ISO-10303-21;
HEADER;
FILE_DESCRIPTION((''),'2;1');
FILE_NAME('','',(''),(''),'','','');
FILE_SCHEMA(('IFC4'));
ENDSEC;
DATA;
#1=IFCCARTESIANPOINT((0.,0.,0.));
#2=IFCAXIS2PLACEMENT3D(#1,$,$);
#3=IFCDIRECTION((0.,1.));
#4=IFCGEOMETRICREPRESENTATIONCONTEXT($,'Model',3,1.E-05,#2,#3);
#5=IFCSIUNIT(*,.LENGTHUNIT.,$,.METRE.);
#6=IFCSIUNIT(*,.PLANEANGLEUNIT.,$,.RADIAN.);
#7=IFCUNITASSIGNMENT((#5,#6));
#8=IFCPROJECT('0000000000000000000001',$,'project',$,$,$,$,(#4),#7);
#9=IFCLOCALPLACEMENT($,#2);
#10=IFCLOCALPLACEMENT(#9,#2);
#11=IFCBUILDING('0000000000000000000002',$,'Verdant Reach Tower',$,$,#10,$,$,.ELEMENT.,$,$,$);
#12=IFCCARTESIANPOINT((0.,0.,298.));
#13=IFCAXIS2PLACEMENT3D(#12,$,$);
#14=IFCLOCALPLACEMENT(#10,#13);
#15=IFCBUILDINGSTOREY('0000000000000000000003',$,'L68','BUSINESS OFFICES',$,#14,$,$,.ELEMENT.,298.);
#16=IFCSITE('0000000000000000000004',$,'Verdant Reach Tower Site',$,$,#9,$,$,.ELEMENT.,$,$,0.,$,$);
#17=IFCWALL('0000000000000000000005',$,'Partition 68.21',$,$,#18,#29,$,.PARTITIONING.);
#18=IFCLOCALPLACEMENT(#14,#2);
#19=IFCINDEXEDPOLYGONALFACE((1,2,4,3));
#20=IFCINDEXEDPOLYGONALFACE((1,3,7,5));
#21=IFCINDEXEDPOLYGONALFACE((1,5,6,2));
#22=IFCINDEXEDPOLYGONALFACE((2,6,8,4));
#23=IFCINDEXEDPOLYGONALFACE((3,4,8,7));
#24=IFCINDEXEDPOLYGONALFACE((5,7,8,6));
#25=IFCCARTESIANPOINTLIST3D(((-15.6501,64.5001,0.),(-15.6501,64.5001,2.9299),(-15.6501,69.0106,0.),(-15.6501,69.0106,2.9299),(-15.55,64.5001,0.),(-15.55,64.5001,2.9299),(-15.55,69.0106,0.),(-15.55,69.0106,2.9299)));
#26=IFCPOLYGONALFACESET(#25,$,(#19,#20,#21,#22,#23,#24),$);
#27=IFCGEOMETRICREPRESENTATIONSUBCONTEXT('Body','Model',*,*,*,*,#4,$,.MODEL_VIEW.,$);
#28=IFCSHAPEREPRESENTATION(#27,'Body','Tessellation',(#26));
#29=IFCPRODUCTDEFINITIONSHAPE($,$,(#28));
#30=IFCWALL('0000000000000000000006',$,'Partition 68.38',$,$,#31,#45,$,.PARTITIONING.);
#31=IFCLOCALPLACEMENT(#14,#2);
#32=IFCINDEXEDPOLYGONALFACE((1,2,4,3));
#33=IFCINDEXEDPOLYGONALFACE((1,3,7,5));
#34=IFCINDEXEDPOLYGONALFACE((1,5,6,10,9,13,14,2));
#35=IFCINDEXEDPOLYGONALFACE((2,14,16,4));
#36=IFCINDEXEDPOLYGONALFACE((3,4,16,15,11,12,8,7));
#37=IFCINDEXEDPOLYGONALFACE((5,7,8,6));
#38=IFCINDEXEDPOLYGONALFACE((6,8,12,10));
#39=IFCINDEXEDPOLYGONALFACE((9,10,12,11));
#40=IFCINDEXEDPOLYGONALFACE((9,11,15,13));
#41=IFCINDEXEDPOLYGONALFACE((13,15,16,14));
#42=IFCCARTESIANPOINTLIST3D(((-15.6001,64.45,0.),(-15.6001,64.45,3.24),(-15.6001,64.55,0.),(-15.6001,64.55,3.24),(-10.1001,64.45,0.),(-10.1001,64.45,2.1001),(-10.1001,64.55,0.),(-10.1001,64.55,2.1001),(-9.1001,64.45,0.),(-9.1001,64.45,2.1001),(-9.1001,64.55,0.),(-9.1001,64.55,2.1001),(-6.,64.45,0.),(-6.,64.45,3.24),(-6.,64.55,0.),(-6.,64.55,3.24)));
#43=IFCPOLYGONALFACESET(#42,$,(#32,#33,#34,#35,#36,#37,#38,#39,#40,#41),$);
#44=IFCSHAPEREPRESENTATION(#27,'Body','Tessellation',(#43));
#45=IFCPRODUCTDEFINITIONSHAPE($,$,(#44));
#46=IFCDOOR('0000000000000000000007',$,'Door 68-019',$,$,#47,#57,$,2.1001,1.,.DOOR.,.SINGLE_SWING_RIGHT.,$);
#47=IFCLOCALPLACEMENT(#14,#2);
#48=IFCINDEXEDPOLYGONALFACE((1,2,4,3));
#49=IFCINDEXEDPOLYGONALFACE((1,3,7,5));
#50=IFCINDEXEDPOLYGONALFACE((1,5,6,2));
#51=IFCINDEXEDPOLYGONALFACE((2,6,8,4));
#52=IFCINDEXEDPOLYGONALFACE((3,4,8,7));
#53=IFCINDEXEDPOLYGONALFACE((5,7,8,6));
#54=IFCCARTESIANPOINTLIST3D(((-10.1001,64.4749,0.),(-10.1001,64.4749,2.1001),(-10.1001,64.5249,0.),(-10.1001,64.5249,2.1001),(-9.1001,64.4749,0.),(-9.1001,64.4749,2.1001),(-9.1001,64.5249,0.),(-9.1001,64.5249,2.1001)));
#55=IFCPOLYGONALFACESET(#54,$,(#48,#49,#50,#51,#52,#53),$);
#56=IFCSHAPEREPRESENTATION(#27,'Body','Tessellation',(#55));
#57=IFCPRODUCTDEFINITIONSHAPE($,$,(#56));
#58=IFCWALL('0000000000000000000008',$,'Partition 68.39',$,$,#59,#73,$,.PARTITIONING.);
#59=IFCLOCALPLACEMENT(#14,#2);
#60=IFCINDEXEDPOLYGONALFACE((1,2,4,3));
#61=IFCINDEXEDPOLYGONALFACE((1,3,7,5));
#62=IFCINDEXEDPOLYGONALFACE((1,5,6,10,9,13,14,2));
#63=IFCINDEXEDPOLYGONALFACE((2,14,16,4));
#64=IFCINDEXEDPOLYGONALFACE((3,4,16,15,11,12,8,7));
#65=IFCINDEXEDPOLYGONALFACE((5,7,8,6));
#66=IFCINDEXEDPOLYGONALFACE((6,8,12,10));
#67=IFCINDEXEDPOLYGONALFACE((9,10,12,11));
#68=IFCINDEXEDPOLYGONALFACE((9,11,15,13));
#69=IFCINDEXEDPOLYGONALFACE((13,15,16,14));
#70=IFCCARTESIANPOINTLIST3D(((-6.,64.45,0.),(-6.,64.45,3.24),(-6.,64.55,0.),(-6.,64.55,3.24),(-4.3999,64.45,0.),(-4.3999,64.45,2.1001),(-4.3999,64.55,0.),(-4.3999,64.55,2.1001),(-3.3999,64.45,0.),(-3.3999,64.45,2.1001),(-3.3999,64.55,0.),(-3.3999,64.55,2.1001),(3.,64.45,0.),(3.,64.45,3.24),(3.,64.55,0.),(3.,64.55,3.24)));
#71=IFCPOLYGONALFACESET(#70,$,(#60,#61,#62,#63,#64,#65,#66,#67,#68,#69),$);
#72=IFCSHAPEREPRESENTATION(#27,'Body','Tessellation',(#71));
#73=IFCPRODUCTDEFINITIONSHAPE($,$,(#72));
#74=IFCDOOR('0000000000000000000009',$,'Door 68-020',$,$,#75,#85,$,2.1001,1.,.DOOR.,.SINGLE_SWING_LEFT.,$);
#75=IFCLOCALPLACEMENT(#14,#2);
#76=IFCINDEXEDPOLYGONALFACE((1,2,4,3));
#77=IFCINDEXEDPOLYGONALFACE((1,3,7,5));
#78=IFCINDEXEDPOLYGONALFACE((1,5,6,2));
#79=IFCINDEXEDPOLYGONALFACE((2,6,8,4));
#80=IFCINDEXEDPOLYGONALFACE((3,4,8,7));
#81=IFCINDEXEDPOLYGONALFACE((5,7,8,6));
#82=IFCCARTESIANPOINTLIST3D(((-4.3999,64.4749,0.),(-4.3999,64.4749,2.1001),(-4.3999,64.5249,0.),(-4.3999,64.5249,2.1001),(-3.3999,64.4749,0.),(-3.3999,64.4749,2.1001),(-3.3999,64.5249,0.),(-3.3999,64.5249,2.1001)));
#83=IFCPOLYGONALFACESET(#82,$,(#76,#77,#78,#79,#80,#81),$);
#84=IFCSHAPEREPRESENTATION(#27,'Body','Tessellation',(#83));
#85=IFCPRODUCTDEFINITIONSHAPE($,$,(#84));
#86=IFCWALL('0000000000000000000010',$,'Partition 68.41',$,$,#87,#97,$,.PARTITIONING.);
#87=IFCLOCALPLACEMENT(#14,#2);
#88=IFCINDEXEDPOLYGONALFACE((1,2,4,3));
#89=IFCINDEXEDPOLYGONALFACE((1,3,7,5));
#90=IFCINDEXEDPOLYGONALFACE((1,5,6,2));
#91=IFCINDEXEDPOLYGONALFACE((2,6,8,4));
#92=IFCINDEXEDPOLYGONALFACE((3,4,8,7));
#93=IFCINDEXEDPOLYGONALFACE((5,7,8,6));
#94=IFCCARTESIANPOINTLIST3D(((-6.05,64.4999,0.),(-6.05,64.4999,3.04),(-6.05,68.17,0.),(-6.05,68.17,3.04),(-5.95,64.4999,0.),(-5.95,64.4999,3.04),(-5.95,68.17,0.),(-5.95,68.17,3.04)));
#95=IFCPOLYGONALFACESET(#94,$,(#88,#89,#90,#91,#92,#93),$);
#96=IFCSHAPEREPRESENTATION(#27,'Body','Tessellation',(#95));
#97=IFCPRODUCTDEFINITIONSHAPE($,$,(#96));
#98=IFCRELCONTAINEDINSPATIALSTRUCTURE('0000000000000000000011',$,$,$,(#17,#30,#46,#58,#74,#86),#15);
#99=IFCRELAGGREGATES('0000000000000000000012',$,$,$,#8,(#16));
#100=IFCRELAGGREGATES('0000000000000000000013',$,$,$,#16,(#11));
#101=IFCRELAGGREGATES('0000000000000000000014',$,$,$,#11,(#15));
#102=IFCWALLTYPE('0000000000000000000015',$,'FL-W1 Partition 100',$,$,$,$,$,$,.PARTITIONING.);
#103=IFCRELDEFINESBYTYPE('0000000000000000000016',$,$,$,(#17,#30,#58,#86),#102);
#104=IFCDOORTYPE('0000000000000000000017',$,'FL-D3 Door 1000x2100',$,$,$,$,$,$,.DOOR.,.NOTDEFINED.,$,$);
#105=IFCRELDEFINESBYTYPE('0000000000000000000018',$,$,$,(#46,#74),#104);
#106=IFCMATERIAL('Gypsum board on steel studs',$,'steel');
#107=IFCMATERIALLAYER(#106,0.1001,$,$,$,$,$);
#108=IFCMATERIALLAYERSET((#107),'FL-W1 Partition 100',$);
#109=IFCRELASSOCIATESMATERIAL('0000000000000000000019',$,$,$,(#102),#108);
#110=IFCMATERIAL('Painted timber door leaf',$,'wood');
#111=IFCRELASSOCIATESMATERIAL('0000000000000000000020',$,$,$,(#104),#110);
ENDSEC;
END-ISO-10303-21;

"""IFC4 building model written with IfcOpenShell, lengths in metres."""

from ifc_helpers import new_model, si_unit, direction, frame, frame_2d, origin, place, context, subcontext, project, spatial, rectangle, extrude, material, layer, layer_set, type_object, element, fill, save


model = new_model("IFC4")

# Units and contexts
model_context = context("Model", 3, precision=1e-05, world=origin(), true_north=direction((0.0, 1.0)))
body_context = subcontext(model_context, "Body", "Model", "MODEL_VIEW")
ifc_project = project(units=[si_unit("LENGTHUNIT", "METRE"), si_unit("PLANEANGLEUNIT", "RADIAN")], contexts=[model_context])

# Site, building, storey
site_placement = place(None, origin())
site = spatial("IfcSite", under=ifc_project, at=site_placement, Name="Verdant Reach Tower Site", CompositionType="ELEMENT", RefElevation=0.0)
building_placement = place(site_placement, origin())
building = spatial("IfcBuilding", under=site, at=building_placement, Name="Verdant Reach Tower", CompositionType="ELEMENT")
storey_placement = place(building_placement, frame((0.0, 0.0, 298.0)))
storey = spatial("IfcBuildingStorey", under=building, at=storey_placement, Name="L68", Description="BUSINESS OFFICES", CompositionType="ELEMENT", Elevation=298.0)

# Wall
ifc_material_1 = material(Name="Gypsum board on steel studs", Category="steel")
ifc_layer_1 = layer(ifc_material_1, 0.1001)
ifc_layer_set_1 = layer_set([ifc_layer_1], Name="FL-W1 Partition 100")
wall_type = type_object("IfcWallType", Name="FL-W1 Partition 100", PredefinedType="PARTITIONING", material=ifc_layer_set_1)
wall_1_placement = place(storey_placement, frame((-15.6001, 64.5, 0.0), z_axis=(0.0, 0.0, 1.0), x_axis=(0.0, 1.0, 0.0)))
element("IfcWall", 1, at=wall_1_placement, inside=storey, type_object=wall_type, Name="Partition 68.21", PredefinedType="PARTITIONING", context=body_context, shape_type="SweptSolid", body=[
    extrude(rectangle(XDim=4.5105, YDim=0.1001, at=frame_2d((2.2554, 0.0))), origin(), (0.0, 0.0, 1.0), 2.9299),
])

# Walls, openings, doors
wall_2_placement = place(storey_placement, frame((-15.6001, 64.5, 0.0), z_axis=(0.0, 0.0, 1.0), x_axis=(1.0, 0.0, 0.0)))
wall_2 = element("IfcWall", 2, at=wall_2_placement, inside=storey, type_object=wall_type, Name="Partition 68.38", PredefinedType="PARTITIONING", context=body_context, shape_type="SweptSolid", body=[
    extrude(rectangle(XDim=9.6001, YDim=0.1001, at=frame_2d((4.8, 0.0))), origin(), (0.0, 0.0, 1.0), 3.24),
])
opening_1_placement = place(wall_2_placement, frame((5.5, 0.0, 0.0)))
opening_1 = element("IfcOpeningElement", 3, at=opening_1_placement, cuts=wall_2, PredefinedType="OPENING", context=body_context, shape_type="SweptSolid", body=[
    extrude(rectangle(XDim=1.0, YDim=2.1001, at=frame_2d((0.5, 1.05))), frame((0.0, 0.0601, 0.0), z_axis=(0.0, -1.0, 0.0), x_axis=(1.0, 0.0, 0.0)), (0.0, 0.0, 1.0), 0.1201),
])
ifc_material_2 = material(Name="Painted timber door leaf", Category="wood")
door_type = type_object("IfcDoorType", Name="FL-D3 Door 1000x2100", OperationType="NOTDEFINED", PredefinedType="DOOR", material=ifc_material_2)
door_1_placement = place(opening_1_placement, origin())
door_1 = element("IfcDoor", 4, at=door_1_placement, inside=storey, type_object=door_type, Name="Door 68-019", OperationType="SINGLE_SWING_RIGHT", OverallHeight=2.1001, OverallWidth=1.0, PredefinedType="DOOR", context=body_context, shape_type="SweptSolid", body=[
    extrude(rectangle(XDim=1.0, YDim=2.1001, at=frame_2d((0.5, 1.05))), frame((0.0, 0.0249, 0.0), z_axis=(0.0, -1.0, 0.0), x_axis=(1.0, 0.0, 0.0)), (0.0, 0.0, 1.0), 0.05),
])
fill(opening_1, door_1)
wall_3_placement = place(storey_placement, frame((-6.0, 64.5, 0.0), z_axis=(0.0, 0.0, 1.0), x_axis=(1.0, 0.0, 0.0)))
wall_3 = element("IfcWall", 5, at=wall_3_placement, inside=storey, type_object=wall_type, Name="Partition 68.39", PredefinedType="PARTITIONING", context=body_context, shape_type="SweptSolid", body=[
    extrude(rectangle(XDim=9.0, YDim=0.1001, at=frame_2d((4.5, 0.0))), origin(), (0.0, 0.0, 1.0), 3.24),
])
opening_2_placement = place(wall_3_placement, frame((1.6001, 0.0, 0.0)))
opening_2 = element("IfcOpeningElement", 6, at=opening_2_placement, cuts=wall_3, PredefinedType="OPENING", context=body_context, shape_type="SweptSolid", body=[
    extrude(rectangle(XDim=1.0, YDim=2.1001, at=frame_2d((0.5, 1.05))), frame((0.0, 0.0601, 0.0), z_axis=(0.0, -1.0, 0.0), x_axis=(1.0, 0.0, 0.0)), (0.0, 0.0, 1.0), 0.1201),
])
door_2_placement = place(opening_2_placement, origin())
door_2 = element("IfcDoor", 7, at=door_2_placement, inside=storey, type_object=door_type, Name="Door 68-020", OperationType="SINGLE_SWING_LEFT", OverallHeight=2.1001, OverallWidth=1.0, PredefinedType="DOOR", context=body_context, shape_type="SweptSolid", body=[
    extrude(rectangle(XDim=1.0, YDim=2.1001, at=frame_2d((0.5, 1.05))), frame((0.0, 0.0249, 0.0), z_axis=(0.0, -1.0, 0.0), x_axis=(1.0, 0.0, 0.0)), (0.0, 0.0, 1.0), 0.05),
])
fill(opening_2, door_2)

# Wall
wall_4_placement = place(storey_placement, frame((-6.0, 64.5, 0.0), z_axis=(0.0, 0.0, 1.0), x_axis=(0.0, 1.0, 0.0)))
element("IfcWall", 8, at=wall_4_placement, inside=storey, type_object=wall_type, Name="Partition 68.41", PredefinedType="PARTITIONING", context=body_context, shape_type="SweptSolid", body=[
    extrude(rectangle(XDim=3.6702, YDim=0.1001, at=frame_2d((1.835, 0.0))), origin(), (0.0, 0.0, 1.0), 3.04),
])

save(model, "model.ifc")
